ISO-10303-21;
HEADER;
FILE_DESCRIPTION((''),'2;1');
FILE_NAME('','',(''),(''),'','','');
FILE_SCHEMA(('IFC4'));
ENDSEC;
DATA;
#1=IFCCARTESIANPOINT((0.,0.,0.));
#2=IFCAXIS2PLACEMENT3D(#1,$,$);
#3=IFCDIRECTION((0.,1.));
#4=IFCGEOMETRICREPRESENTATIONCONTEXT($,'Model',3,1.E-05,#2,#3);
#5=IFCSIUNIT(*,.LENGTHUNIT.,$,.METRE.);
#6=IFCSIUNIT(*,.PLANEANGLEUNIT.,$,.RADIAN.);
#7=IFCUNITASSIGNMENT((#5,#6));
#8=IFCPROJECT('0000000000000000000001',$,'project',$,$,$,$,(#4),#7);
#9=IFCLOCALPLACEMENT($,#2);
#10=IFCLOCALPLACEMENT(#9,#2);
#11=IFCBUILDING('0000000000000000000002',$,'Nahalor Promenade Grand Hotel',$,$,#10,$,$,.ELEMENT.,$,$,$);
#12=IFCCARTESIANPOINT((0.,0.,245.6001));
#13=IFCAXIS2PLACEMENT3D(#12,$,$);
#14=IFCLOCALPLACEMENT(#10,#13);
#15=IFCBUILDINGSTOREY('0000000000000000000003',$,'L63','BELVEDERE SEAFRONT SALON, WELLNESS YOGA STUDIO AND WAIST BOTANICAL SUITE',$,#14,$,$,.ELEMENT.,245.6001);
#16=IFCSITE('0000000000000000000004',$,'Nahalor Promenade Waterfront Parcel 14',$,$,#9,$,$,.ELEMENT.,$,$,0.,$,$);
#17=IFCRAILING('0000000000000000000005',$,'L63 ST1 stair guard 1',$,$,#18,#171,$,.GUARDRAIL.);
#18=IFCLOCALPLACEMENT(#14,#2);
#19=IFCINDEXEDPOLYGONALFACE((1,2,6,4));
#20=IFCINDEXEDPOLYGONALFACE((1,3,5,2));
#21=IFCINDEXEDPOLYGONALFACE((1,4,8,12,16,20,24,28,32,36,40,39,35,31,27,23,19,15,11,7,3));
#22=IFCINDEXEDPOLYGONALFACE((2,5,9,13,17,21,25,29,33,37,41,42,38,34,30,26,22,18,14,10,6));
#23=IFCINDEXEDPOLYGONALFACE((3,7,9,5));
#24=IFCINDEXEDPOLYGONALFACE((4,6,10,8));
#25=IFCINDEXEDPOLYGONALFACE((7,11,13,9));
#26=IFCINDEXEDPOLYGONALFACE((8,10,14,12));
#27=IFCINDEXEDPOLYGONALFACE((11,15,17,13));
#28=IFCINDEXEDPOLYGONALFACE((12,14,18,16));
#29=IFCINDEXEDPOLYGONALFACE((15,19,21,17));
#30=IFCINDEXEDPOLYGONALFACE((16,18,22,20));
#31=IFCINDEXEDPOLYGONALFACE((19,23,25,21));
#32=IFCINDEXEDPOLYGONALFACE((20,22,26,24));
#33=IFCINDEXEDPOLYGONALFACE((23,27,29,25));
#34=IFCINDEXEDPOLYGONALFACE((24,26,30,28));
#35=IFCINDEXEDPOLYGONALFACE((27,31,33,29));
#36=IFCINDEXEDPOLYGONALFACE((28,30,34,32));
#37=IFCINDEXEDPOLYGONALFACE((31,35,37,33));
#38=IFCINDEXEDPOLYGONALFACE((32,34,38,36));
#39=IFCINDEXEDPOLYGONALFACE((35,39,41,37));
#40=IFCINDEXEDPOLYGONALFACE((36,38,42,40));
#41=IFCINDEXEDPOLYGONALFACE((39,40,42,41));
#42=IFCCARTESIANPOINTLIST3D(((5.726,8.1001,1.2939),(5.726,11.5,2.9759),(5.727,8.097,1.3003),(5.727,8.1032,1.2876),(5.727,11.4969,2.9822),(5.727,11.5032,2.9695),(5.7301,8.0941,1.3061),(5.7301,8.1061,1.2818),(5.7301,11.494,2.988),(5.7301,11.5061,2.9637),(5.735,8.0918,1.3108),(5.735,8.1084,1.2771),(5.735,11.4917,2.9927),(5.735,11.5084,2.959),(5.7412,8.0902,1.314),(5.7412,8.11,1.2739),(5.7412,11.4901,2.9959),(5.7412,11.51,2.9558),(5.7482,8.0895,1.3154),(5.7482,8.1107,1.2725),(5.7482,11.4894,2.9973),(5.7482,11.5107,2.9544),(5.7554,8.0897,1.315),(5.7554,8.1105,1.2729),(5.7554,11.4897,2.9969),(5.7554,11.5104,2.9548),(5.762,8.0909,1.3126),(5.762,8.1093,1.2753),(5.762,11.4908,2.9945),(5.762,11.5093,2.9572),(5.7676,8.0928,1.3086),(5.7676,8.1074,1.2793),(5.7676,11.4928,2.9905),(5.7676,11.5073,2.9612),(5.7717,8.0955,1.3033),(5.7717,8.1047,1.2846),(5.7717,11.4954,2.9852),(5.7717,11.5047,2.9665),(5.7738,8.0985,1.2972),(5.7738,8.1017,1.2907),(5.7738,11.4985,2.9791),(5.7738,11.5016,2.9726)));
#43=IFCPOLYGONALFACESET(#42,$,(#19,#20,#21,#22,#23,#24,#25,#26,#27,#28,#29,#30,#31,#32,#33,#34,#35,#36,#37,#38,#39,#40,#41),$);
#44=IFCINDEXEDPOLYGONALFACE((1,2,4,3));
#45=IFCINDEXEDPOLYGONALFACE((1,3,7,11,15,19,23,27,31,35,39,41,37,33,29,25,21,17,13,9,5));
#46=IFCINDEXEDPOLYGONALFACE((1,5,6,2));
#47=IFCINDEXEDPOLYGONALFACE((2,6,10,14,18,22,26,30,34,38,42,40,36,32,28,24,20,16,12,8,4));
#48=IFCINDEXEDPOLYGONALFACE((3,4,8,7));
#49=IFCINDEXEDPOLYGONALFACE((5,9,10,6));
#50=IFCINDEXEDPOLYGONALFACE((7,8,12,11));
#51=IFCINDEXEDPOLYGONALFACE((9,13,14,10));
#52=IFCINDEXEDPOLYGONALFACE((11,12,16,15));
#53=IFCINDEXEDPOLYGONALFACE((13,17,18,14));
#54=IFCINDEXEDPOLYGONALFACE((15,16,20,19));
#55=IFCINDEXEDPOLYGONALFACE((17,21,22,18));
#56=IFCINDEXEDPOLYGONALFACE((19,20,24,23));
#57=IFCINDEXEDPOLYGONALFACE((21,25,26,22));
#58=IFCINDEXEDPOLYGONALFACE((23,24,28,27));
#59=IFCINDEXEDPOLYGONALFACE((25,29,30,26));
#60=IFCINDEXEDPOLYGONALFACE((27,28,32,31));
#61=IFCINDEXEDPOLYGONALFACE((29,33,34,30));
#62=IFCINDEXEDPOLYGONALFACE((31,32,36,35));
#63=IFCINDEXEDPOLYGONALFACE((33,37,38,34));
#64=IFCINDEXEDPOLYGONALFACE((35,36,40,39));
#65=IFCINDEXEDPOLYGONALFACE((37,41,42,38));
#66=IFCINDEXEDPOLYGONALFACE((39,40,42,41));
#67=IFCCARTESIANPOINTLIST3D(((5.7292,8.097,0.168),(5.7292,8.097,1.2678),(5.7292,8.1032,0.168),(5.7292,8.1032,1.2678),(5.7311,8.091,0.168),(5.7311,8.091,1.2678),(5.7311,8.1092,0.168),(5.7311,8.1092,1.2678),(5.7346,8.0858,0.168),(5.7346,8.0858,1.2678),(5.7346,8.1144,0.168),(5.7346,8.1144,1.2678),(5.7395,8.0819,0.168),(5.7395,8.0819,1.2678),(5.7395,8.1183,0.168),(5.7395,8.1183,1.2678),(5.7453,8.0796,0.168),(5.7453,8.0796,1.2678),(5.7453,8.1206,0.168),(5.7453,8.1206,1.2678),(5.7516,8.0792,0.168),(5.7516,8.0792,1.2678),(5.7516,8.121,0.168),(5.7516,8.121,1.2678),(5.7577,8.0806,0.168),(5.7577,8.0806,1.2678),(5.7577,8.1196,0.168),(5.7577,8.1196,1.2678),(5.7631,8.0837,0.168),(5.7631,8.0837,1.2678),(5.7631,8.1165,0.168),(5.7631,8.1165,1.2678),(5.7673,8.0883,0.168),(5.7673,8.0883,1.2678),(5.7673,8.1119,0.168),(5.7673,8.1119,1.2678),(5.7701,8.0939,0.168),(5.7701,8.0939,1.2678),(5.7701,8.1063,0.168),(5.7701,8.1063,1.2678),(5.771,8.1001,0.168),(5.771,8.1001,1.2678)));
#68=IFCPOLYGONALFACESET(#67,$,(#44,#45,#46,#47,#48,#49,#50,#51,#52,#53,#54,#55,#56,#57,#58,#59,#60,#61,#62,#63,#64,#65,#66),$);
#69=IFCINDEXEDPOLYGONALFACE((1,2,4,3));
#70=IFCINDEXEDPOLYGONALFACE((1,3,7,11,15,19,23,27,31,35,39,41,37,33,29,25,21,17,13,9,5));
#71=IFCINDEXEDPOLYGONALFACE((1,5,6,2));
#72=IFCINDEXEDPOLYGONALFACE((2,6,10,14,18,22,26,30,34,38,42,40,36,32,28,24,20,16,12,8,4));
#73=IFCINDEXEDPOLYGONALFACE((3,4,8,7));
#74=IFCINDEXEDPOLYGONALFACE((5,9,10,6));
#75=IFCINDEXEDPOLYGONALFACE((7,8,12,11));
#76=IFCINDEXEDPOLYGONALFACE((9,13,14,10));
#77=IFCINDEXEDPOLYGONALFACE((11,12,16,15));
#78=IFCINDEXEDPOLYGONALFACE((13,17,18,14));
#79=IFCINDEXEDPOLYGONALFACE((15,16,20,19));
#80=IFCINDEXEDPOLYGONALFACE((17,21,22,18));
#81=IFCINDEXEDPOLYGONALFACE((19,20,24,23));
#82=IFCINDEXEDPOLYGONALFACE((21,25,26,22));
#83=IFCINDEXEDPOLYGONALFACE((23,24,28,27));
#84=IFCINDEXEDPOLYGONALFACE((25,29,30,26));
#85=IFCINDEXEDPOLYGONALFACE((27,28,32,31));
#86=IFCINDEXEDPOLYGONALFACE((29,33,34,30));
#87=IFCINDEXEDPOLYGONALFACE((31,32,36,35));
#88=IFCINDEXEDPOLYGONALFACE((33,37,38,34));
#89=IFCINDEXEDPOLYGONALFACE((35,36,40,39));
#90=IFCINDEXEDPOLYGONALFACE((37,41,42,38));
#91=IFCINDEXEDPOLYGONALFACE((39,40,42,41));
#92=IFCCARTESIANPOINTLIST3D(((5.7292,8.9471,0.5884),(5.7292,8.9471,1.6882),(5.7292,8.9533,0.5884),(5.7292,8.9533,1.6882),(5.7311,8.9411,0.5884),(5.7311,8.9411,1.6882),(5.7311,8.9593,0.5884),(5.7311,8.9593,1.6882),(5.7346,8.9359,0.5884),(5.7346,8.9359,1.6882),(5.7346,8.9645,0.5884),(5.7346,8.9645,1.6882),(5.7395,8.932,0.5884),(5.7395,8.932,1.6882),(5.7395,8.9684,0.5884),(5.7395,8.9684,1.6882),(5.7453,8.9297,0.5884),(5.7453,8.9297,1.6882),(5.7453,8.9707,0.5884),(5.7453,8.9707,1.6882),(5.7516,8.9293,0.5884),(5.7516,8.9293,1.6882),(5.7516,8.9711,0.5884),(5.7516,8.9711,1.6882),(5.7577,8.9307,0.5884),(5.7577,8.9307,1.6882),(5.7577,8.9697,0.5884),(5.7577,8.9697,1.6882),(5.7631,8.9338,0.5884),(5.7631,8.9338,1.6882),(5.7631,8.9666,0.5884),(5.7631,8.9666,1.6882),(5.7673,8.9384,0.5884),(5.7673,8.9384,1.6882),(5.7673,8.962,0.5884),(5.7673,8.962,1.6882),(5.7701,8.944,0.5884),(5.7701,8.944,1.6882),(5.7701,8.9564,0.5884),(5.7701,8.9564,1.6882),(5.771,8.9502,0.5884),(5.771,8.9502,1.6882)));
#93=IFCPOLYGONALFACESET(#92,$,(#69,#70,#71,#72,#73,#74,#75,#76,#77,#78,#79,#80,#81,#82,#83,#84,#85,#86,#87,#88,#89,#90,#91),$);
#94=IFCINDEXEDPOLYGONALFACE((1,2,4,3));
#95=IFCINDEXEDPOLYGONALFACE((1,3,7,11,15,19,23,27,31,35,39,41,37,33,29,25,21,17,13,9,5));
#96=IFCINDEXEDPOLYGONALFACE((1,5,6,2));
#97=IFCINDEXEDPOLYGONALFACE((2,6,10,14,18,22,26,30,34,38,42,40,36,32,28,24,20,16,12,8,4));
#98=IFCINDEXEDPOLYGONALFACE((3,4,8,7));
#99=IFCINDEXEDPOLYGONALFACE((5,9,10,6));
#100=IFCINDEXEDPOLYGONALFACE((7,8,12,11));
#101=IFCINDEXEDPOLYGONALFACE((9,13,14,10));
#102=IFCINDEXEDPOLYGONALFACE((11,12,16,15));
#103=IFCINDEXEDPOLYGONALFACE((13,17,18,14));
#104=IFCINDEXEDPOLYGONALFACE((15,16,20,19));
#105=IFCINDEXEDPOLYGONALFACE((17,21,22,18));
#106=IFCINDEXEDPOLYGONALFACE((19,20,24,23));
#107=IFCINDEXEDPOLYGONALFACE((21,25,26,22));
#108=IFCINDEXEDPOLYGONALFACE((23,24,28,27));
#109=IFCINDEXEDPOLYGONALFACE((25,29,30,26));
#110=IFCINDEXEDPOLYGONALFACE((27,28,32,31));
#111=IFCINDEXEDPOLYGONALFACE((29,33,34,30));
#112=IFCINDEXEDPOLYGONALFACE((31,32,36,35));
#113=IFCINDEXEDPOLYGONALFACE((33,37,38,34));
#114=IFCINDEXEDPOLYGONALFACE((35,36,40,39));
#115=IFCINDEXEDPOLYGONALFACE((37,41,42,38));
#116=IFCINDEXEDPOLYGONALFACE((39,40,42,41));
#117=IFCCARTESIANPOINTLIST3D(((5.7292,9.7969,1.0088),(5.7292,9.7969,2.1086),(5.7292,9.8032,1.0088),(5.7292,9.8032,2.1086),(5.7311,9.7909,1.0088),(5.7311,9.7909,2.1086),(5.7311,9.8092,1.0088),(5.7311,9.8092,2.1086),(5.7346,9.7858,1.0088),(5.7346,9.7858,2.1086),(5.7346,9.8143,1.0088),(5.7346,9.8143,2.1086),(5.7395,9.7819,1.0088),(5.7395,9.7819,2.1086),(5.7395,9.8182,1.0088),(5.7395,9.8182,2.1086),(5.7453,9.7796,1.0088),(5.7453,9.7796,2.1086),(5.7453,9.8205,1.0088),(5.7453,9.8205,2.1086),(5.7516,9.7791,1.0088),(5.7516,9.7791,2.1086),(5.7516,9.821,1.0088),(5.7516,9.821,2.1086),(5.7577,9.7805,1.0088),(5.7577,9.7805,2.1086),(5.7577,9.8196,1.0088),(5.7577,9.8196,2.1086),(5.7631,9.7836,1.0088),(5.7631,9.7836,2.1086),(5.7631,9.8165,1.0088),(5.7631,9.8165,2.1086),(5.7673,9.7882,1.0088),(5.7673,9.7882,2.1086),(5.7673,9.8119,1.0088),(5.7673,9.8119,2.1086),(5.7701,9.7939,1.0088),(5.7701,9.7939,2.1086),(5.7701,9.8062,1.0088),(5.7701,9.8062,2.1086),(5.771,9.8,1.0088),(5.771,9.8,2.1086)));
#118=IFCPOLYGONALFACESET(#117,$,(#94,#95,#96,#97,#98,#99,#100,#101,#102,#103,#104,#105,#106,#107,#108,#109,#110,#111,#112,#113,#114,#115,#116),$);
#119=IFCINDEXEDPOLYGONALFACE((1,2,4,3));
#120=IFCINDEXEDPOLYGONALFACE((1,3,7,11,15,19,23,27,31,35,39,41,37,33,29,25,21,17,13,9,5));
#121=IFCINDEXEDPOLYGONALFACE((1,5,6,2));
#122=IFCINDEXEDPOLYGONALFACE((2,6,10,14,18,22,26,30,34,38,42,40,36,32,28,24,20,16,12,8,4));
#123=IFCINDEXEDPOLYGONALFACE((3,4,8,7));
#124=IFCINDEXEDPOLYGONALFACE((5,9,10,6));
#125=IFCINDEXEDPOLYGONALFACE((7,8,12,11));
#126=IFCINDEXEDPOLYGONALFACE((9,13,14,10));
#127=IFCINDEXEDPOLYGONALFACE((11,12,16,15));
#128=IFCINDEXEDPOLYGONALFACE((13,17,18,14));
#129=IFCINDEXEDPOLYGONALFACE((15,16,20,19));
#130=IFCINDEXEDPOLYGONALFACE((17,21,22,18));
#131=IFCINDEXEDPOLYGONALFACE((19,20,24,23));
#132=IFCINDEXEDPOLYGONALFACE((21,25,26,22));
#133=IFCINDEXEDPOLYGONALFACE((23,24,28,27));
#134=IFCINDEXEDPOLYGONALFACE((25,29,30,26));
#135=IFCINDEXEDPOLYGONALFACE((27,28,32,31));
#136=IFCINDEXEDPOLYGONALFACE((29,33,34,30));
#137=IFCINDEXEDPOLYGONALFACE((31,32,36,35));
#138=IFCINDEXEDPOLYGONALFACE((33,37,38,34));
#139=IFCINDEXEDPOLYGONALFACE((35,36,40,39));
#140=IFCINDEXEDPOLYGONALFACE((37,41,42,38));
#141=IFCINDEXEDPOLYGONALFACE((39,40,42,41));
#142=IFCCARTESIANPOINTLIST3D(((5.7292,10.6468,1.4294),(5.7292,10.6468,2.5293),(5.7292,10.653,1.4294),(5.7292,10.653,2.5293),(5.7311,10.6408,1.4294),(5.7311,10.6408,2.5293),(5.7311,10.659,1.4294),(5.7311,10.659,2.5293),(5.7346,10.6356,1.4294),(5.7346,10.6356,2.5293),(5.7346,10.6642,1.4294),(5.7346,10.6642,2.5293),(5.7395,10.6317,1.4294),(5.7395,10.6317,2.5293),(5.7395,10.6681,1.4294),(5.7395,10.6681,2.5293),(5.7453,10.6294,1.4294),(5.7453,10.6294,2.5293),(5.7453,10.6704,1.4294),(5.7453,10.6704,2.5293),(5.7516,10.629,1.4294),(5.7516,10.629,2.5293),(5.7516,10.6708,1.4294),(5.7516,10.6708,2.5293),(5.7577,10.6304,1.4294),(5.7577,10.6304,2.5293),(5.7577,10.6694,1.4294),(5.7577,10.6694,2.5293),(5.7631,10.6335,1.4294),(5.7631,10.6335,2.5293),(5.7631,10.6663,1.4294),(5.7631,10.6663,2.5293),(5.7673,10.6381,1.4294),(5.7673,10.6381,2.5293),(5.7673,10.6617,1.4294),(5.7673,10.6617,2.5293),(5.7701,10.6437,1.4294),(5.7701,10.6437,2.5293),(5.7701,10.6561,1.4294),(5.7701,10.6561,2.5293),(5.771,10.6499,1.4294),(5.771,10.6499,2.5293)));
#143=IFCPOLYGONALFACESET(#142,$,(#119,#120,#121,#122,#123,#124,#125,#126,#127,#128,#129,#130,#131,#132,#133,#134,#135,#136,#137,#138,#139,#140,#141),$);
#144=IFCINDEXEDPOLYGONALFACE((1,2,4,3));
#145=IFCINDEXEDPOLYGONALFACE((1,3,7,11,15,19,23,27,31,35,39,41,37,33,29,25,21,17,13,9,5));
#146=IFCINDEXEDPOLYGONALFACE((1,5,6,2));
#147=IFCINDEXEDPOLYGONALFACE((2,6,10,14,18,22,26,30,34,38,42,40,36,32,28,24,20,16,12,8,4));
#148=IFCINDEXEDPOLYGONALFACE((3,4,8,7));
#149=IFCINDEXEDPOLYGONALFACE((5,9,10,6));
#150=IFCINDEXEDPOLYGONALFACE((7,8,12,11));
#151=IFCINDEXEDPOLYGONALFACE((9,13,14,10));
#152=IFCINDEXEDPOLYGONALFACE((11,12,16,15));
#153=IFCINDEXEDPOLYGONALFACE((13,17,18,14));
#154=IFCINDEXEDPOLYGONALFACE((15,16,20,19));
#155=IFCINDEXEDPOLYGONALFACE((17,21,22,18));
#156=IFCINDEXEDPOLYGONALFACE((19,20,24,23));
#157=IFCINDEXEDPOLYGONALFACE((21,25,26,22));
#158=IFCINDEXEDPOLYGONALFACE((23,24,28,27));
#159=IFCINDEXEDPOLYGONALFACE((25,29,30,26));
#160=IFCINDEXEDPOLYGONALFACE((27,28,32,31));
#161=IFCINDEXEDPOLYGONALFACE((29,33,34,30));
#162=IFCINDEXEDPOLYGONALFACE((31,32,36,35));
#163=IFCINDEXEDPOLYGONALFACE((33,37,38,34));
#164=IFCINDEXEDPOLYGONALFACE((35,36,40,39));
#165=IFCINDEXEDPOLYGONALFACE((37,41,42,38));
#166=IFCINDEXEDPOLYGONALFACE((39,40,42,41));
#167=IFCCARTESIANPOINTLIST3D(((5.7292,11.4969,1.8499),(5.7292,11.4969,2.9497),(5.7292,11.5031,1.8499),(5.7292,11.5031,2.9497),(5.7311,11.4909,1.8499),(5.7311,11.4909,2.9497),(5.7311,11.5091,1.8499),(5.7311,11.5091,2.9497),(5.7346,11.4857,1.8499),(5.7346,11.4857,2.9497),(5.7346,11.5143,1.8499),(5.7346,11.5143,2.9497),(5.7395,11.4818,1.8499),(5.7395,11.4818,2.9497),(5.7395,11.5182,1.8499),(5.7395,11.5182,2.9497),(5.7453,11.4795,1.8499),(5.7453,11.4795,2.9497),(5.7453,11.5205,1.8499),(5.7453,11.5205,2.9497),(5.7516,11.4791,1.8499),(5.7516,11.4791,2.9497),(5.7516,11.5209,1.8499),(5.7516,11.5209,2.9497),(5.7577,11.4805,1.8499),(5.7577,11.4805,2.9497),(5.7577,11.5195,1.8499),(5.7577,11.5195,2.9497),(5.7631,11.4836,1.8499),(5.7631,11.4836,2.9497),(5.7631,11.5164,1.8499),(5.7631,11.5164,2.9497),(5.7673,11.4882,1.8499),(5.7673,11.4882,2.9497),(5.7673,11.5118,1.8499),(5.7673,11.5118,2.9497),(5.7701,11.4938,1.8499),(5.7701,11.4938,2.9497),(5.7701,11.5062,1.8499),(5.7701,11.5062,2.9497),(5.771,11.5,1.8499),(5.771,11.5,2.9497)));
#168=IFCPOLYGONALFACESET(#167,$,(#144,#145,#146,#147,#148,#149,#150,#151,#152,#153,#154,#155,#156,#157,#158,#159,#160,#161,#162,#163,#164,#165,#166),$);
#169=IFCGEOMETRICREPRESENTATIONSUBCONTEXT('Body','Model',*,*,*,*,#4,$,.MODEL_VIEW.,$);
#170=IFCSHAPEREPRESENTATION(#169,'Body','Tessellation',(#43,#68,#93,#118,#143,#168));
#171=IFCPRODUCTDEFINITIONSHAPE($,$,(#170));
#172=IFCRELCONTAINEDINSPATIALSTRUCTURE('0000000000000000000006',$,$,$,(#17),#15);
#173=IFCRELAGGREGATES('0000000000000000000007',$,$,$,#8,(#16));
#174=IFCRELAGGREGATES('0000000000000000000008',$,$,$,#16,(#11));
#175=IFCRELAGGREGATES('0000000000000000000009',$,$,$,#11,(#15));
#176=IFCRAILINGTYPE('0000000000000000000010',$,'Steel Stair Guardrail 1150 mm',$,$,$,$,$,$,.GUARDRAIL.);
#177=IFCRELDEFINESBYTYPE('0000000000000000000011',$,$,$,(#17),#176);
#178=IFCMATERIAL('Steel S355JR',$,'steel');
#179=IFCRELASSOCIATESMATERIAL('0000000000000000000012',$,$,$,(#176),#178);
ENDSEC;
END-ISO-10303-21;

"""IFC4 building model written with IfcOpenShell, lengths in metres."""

from ifc_helpers import new_model, si_unit, direction, frame, origin, origin_2d, place, context, subcontext, project, spatial, circle, extrude, material, type_object, element, save


model = new_model("IFC4")

# Units and contexts
model_context = context("Model", 3, precision=1e-05, world=origin(), true_north=direction((0.0, 1.0)))
body_context = subcontext(model_context, "Body", "Model", "MODEL_VIEW")
ifc_project = project(units=[si_unit("LENGTHUNIT", "METRE"), si_unit("PLANEANGLEUNIT", "RADIAN")], contexts=[model_context])

# Site, building, storey
site_placement = place(None, origin())
site = spatial("IfcSite", under=ifc_project, at=site_placement, Name="Nahalor Promenade Waterfront Parcel 14", CompositionType="ELEMENT", RefElevation=0.0)
building_placement = place(site_placement, origin())
building = spatial("IfcBuilding", under=site, at=building_placement, Name="Nahalor Promenade Grand Hotel", CompositionType="ELEMENT")
storey_placement = place(building_placement, frame((0.0, 0.0, 245.6001)))
storey = spatial("IfcBuildingStorey", under=building, at=storey_placement, Name="L63", Description="BELVEDERE SEAFRONT SALON, WELLNESS YOGA STUDIO AND WAIST BOTANICAL SUITE", CompositionType="ELEMENT", Elevation=245.6001)

# Shared definitions
ifc_material_1 = material(Name="Steel S355JR", Category="steel")

# Railing
railing_type_1 = type_object("IfcRailingType", Name="Steel Stair Guardrail 1150 mm", PredefinedType="GUARDRAIL", material=ifc_material_1)
railing_1_placement = place(storey_placement, frame((5.75, 8.1001, 0.168)))
element("IfcRailing", 1, at=railing_1_placement, inside=storey, type_object=railing_type_1, Name="L63 ST1 stair guard 1", PredefinedType="GUARDRAIL", context=body_context, shape_type="SweptSolid", body=[
    extrude(circle(Radius=0.024, at=origin_2d()), frame((0.0, 0.0, 1.126), z_axis=(0.0, 0.896324, 0.443399), x_axis=(-1.0, 0.0, 0.0)), (0.0, 0.0, 1.0), 3.7932),
    extrude(circle(Radius=0.021, at=origin_2d()), origin(), (0.0, 0.0, 1.0), 1.0999),
    extrude(circle(Radius=0.021, at=origin_2d()), frame((0.0, 0.8501, 0.4204)), (0.0, 0.0, 1.0), 1.0999),
    extrude(circle(Radius=0.021, at=origin_2d()), frame((0.0, 1.7, 0.8408)), (0.0, 0.0, 1.0), 1.0999),
    extrude(circle(Radius=0.021, at=origin_2d()), frame((0.0, 2.5498, 1.2615)), (0.0, 0.0, 1.0), 1.0999),
    extrude(circle(Radius=0.021, at=origin_2d()), frame((0.0, 3.3999, 1.6819)), (0.0, 0.0, 1.0), 1.0999),
])

save(model, "model.ifc")
